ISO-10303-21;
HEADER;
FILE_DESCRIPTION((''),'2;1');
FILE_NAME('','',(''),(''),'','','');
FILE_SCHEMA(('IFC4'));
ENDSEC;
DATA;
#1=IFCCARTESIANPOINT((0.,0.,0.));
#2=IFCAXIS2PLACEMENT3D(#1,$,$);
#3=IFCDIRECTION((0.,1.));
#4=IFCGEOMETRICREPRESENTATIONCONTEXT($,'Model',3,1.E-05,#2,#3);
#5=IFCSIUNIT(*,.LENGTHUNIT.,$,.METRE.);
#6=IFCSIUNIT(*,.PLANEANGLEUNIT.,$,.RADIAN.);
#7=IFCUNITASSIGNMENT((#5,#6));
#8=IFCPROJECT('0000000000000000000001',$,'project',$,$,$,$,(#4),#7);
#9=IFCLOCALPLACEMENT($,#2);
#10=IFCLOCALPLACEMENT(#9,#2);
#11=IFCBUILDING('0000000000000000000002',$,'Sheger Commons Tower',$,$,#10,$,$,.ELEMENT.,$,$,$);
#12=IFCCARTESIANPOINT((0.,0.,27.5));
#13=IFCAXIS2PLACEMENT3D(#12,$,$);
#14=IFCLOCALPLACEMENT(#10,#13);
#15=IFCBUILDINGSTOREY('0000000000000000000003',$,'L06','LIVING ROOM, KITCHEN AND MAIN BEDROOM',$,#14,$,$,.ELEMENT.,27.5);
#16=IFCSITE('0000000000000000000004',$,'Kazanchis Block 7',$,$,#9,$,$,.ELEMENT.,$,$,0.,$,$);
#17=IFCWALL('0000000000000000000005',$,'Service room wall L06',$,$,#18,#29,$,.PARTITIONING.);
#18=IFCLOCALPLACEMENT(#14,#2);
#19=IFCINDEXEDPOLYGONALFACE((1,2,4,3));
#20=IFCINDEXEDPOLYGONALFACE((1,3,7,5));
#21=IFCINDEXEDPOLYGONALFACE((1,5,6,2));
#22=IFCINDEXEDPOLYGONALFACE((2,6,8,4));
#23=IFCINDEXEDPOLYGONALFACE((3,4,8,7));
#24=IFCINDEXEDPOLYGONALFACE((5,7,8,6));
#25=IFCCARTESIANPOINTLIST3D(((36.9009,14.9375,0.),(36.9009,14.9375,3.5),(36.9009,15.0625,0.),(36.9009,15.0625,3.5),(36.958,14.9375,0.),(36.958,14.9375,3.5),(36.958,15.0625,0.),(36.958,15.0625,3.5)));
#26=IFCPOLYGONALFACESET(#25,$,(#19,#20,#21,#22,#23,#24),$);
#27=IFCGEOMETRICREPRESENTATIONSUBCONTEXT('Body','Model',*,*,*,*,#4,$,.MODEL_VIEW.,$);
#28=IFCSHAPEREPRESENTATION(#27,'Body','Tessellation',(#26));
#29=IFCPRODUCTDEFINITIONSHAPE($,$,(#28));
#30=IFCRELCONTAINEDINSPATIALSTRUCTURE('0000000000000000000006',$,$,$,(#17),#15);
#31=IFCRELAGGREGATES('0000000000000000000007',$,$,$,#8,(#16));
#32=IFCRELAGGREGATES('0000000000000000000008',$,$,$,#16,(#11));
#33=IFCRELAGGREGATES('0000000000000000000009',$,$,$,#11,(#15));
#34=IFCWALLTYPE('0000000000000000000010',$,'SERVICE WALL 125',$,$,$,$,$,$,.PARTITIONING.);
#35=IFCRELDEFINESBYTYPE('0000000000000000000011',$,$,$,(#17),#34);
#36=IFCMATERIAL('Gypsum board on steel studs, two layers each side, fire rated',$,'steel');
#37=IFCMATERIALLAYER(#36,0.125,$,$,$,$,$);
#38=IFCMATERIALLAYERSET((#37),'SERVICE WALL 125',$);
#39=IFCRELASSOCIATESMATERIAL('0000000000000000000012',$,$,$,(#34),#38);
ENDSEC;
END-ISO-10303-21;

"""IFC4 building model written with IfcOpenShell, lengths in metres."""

from ifc_helpers import new_model, si_unit, direction, frame, frame_2d, origin, place, context, subcontext, project, spatial, rectangle, extrude, material, layer, layer_set, type_object, element, save


model = new_model("IFC4")

# Units and contexts
model_context = context("Model", 3, precision=1e-05, world=origin(), true_north=direction((0.0, 1.0)))
body_context = subcontext(model_context, "Body", "Model", "MODEL_VIEW")
ifc_project = project(units=[si_unit("LENGTHUNIT", "METRE"), si_unit("PLANEANGLEUNIT", "RADIAN")], contexts=[model_context])

# Site, building, storey
site_placement = place(None, origin())
site = spatial("IfcSite", under=ifc_project, at=site_placement, Name="Kazanchis Block 7", CompositionType="ELEMENT", RefElevation=0.0)
building_placement = place(site_placement, origin())
building = spatial("IfcBuilding", under=site, at=building_placement, Name="Sheger Commons Tower", CompositionType="ELEMENT")
storey_placement = place(building_placement, frame((0.0, 0.0, 27.5)))
storey = spatial("IfcBuildingStorey", under=building, at=storey_placement, Name="L06", Description="LIVING ROOM, KITCHEN AND MAIN BEDROOM", CompositionType="ELEMENT", Elevation=27.5)

# Shared definitions
ifc_material_1 = material(Name="Gypsum board on steel studs, two layers each side, fire rated", Category="steel")
ifc_layer_1 = layer(ifc_material_1, 0.125)
ifc_layer_set_1 = layer_set([ifc_layer_1], Name="SERVICE WALL 125")
wall_type_1 = type_object("IfcWallType", Name="SERVICE WALL 125", PredefinedType="PARTITIONING", material=ifc_layer_set_1)

# Wall
wall_1_placement = place(storey_placement, frame((36.9009, 15.0, 0.0), z_axis=(0.0, 0.0, 1.0), x_axis=(1.0, 0.0, 0.0)))
element("IfcWall", 1, at=wall_1_placement, inside=storey, type_object=wall_type_1, Name="Service room wall L06", PredefinedType="PARTITIONING", context=body_context, shape_type="SweptSolid", body=[
    extrude(rectangle(XDim=0.0571, YDim=0.125, at=frame_2d((0.0286, 0.0))), origin(), (0.0, 0.0, 1.0), 3.5),
])

save(model, "model.ifc")
